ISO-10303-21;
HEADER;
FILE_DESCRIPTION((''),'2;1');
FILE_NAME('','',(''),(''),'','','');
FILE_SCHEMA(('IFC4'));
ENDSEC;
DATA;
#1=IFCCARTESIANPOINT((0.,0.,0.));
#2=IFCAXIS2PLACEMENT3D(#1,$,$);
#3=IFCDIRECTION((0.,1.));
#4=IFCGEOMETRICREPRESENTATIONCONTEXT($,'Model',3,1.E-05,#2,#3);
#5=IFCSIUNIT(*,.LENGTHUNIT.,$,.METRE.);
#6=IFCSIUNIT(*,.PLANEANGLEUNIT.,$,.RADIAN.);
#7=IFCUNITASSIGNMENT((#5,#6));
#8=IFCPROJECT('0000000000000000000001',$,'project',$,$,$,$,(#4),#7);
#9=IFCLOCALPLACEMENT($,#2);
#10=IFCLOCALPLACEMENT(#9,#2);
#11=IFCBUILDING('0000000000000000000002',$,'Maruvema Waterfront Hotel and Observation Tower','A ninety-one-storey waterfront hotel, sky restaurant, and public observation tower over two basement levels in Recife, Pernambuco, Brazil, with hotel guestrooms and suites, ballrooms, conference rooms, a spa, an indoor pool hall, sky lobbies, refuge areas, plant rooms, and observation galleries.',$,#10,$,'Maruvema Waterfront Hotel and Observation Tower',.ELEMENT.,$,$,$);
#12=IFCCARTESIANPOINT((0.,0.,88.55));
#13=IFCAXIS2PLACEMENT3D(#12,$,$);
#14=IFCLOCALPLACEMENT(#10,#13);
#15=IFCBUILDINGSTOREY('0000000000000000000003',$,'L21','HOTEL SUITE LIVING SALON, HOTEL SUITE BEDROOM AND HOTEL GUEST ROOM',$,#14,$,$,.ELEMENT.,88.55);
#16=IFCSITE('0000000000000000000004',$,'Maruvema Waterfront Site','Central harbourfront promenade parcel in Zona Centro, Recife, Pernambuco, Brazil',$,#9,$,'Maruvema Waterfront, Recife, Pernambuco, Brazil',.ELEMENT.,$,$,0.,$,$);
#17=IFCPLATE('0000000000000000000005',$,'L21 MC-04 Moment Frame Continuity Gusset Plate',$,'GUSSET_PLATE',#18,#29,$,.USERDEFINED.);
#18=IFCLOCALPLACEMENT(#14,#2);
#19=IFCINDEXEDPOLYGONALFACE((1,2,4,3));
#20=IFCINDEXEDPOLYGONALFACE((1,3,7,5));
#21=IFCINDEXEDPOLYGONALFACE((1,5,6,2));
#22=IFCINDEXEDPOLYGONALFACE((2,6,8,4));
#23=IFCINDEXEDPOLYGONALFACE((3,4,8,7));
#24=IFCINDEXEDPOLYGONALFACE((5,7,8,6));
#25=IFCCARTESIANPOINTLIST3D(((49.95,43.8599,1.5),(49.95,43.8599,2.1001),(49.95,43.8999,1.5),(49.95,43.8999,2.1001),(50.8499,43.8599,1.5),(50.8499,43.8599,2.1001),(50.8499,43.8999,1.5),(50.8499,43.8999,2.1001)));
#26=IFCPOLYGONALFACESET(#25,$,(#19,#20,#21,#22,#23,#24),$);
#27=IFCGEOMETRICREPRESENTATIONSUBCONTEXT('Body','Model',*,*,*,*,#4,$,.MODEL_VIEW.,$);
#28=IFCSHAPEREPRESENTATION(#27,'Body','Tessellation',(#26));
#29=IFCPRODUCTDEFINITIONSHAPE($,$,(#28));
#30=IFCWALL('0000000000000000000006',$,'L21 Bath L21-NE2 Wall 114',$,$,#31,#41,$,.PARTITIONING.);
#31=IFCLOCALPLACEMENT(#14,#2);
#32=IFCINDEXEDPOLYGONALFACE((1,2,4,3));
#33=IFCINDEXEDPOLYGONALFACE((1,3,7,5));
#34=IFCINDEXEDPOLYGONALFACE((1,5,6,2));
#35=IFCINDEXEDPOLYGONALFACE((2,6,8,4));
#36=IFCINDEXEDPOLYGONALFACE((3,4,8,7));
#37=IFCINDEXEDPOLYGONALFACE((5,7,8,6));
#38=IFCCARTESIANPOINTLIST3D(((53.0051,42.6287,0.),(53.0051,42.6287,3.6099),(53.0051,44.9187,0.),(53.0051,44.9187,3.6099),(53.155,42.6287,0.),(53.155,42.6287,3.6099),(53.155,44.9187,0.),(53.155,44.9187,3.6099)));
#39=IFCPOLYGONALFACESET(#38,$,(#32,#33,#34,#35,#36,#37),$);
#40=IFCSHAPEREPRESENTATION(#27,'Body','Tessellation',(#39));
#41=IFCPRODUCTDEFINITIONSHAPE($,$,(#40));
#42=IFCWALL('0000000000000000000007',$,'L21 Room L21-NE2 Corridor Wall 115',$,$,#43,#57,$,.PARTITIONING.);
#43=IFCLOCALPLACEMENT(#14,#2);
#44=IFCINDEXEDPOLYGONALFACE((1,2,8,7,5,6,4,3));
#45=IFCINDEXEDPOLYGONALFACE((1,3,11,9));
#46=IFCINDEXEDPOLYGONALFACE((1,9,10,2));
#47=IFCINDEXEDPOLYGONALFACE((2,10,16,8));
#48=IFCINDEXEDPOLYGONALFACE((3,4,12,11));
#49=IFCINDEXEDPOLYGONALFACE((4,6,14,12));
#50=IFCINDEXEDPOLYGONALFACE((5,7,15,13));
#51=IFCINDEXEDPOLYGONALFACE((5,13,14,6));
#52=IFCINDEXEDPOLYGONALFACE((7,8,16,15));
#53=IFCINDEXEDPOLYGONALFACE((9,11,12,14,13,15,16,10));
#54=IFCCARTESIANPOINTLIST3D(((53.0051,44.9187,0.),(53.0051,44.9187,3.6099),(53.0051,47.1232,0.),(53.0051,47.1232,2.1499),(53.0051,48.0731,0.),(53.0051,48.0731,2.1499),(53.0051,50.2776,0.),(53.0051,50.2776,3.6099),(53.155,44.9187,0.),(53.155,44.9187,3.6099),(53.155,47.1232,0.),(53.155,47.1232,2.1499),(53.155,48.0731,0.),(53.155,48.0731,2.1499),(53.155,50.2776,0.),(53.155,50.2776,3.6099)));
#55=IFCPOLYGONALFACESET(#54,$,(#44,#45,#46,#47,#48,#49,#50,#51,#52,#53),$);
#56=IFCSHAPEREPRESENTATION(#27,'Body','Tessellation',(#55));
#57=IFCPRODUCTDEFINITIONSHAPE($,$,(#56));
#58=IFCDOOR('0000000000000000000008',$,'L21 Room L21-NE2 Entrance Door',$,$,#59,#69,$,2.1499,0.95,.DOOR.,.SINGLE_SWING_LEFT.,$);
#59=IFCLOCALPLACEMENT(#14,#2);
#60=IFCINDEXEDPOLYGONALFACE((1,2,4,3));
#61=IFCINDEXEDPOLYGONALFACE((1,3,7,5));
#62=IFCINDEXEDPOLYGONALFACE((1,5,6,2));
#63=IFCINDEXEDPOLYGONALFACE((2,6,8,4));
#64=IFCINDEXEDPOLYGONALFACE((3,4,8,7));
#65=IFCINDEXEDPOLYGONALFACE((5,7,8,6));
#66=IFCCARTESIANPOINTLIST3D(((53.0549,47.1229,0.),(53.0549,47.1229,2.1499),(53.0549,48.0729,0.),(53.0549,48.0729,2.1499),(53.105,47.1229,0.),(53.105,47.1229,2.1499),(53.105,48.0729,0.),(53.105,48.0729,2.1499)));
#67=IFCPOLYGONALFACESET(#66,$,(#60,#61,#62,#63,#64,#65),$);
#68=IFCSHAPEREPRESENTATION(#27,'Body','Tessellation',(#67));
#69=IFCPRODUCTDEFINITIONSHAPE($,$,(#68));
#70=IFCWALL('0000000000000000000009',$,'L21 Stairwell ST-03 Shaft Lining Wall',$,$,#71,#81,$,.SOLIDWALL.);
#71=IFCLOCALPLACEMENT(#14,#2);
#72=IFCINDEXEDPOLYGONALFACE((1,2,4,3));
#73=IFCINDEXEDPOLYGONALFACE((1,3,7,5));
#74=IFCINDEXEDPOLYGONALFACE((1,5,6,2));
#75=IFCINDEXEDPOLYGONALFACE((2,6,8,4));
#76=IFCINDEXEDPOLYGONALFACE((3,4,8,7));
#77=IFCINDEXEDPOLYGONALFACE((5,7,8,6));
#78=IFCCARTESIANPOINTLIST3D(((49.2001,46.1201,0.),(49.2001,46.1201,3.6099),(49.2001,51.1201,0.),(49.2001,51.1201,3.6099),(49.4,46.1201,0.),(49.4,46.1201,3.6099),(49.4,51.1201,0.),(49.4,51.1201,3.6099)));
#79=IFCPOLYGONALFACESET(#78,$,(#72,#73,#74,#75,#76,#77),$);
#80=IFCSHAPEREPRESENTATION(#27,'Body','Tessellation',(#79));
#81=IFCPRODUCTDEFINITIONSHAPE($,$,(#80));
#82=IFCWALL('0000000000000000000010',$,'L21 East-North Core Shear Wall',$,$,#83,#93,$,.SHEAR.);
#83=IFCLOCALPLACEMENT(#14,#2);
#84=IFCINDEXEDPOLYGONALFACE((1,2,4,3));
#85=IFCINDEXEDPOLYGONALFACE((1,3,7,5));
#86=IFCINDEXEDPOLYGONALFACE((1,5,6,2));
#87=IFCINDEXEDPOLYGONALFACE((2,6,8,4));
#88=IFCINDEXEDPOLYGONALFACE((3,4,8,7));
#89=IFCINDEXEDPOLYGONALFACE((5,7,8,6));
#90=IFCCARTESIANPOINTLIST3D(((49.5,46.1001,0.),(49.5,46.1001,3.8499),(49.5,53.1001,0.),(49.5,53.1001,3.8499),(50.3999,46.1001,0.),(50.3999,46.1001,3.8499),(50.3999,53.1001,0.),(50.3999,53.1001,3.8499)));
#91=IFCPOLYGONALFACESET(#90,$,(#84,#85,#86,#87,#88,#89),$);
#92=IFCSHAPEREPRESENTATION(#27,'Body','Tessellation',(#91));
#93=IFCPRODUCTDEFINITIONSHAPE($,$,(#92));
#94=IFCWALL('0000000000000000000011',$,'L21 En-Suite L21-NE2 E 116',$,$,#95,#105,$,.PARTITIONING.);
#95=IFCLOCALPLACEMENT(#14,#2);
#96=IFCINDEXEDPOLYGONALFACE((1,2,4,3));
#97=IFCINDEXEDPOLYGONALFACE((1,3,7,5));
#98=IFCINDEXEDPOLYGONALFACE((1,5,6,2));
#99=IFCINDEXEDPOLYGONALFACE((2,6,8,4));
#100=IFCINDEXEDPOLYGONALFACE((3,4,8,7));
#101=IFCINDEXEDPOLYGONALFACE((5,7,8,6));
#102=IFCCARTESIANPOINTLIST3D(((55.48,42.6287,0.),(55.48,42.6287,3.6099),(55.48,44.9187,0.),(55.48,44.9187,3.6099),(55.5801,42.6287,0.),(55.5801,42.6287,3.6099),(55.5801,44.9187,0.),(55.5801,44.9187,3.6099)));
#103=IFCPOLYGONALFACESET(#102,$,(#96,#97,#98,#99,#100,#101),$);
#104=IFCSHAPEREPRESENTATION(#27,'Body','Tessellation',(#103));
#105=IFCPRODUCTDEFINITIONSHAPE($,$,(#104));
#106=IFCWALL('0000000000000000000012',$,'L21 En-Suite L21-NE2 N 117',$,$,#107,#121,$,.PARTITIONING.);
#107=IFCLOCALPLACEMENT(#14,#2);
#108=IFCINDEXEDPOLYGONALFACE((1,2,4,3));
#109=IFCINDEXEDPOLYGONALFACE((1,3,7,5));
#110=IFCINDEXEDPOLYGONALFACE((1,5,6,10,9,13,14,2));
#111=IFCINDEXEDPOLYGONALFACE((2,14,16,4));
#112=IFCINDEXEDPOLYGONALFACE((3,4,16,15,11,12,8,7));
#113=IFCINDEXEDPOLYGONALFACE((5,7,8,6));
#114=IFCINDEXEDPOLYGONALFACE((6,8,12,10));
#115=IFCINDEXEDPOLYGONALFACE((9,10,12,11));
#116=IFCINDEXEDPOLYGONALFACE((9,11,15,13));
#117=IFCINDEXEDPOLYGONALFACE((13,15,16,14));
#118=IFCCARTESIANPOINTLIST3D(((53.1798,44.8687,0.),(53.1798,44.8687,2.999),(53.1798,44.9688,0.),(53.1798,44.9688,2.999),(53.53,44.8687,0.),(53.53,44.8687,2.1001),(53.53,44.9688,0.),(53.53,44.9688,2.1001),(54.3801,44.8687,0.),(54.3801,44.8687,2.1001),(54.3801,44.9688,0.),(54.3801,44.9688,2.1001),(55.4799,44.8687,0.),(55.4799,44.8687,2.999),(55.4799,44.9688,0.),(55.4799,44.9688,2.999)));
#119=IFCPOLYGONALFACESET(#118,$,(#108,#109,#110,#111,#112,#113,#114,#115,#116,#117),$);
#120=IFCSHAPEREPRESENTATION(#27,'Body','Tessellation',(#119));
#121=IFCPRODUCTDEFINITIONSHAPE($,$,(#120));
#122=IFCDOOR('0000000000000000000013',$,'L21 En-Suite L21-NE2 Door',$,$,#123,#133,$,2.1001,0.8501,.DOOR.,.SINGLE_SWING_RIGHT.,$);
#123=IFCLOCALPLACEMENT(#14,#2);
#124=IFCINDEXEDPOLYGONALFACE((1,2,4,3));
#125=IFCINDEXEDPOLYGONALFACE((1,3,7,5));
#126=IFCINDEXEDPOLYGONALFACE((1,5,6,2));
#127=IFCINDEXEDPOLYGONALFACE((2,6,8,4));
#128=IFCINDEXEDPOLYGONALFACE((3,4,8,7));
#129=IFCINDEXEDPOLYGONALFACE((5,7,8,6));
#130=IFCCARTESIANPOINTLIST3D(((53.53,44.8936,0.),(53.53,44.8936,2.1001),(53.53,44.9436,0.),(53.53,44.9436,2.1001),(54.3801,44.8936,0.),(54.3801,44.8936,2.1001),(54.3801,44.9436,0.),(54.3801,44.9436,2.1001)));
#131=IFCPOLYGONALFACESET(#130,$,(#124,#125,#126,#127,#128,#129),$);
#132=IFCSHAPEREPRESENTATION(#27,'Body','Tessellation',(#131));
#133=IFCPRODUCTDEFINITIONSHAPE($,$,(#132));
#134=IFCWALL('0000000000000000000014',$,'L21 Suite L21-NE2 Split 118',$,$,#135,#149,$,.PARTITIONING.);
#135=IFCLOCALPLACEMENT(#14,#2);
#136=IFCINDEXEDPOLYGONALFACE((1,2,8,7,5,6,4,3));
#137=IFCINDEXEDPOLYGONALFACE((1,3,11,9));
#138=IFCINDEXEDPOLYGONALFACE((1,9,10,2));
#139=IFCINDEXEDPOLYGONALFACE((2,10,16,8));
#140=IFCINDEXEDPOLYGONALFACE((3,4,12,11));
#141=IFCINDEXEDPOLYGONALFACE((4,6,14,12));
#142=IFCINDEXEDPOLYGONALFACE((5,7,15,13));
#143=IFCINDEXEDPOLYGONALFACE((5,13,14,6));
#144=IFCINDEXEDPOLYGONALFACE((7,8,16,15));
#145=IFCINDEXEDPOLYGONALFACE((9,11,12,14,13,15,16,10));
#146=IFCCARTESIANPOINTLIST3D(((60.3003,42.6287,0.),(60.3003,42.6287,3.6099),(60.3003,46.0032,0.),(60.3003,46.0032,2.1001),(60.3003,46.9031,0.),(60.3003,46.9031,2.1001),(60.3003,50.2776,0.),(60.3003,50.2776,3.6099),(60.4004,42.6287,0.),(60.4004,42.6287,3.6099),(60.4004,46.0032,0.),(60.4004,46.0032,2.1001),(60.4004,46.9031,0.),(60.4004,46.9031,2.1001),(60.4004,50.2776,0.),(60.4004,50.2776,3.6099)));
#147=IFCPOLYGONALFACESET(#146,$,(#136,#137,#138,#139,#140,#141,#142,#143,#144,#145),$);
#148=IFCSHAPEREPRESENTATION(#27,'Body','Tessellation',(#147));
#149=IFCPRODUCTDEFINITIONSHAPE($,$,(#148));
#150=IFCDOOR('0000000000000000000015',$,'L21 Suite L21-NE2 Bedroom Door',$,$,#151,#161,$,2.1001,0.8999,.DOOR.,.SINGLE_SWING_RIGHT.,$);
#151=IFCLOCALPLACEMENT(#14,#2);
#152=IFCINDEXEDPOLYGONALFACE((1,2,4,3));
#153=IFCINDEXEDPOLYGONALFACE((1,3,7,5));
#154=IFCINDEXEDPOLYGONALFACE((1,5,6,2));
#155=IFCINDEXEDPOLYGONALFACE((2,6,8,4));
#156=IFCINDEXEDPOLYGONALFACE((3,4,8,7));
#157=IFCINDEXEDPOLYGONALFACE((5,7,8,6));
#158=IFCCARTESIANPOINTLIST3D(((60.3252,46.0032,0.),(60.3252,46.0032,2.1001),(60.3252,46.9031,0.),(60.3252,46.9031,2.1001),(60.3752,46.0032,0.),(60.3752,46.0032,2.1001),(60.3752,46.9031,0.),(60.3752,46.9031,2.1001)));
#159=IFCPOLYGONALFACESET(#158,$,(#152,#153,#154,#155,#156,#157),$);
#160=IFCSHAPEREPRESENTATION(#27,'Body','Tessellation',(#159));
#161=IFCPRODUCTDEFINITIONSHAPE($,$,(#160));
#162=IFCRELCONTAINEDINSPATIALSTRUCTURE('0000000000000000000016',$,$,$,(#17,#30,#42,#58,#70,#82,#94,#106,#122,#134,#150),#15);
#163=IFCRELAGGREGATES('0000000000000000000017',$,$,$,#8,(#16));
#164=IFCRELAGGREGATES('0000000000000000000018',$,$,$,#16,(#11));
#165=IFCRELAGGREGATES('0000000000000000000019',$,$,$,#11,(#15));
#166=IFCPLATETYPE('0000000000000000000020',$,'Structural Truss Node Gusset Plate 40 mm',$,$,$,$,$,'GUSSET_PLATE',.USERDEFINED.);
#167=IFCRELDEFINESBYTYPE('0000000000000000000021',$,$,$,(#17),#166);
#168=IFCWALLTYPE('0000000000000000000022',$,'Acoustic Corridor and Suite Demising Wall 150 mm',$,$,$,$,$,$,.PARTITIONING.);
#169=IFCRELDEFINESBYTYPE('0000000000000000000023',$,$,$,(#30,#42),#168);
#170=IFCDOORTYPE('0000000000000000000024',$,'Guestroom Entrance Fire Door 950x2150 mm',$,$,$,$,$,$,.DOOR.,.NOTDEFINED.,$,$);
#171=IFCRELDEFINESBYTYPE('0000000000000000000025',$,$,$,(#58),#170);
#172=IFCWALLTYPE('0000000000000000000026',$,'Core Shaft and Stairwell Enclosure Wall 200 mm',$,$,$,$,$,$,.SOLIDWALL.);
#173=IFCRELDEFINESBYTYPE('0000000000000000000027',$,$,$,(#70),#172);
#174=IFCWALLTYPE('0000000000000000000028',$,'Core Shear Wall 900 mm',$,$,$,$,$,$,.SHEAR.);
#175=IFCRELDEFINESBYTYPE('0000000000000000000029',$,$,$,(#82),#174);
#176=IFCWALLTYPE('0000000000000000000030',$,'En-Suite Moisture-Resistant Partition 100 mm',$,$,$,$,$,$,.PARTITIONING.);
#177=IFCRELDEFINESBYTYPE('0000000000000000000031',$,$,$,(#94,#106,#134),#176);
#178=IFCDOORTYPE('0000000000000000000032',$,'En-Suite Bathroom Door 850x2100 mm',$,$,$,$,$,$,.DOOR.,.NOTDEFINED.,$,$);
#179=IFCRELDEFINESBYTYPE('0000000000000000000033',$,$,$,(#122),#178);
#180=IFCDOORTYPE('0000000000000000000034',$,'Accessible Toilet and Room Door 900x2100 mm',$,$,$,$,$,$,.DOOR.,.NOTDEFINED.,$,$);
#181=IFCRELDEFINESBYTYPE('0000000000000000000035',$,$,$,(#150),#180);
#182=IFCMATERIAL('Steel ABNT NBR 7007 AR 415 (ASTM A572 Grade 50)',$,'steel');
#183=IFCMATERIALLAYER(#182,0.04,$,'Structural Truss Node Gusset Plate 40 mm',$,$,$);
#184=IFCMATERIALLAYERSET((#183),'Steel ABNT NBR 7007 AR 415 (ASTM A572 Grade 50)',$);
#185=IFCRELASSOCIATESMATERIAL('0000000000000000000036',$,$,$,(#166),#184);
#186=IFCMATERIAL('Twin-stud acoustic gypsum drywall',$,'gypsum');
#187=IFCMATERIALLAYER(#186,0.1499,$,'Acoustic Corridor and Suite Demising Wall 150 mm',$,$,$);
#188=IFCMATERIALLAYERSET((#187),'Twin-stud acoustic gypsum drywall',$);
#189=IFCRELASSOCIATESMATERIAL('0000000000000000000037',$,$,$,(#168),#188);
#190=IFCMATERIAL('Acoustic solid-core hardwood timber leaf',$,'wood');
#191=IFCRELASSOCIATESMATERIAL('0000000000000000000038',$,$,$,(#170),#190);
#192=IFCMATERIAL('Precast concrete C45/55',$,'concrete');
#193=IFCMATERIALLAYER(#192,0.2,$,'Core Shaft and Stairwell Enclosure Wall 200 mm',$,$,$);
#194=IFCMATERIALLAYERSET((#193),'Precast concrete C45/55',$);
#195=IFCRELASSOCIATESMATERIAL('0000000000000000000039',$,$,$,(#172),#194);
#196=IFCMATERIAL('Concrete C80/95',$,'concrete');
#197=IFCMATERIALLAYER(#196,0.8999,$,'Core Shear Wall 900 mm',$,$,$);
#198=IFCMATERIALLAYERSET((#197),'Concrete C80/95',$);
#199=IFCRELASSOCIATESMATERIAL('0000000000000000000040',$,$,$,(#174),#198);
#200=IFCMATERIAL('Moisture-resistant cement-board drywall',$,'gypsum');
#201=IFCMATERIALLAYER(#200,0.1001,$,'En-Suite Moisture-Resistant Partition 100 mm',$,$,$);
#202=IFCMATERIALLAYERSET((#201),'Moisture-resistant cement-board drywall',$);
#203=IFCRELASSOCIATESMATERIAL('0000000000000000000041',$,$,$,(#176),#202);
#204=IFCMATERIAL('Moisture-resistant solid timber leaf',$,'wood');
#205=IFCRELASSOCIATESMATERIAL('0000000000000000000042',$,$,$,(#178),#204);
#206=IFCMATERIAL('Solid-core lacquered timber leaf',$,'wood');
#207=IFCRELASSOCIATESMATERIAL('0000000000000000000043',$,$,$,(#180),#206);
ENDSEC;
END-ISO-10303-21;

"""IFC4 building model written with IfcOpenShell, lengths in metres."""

from ifc_helpers import new_model, si_unit, direction, frame, frame_2d, origin, origin_2d, place, context, subcontext, project, spatial, rectangle, extrude, material, layer, layer_set, type_object, element, fill, save


model = new_model("IFC4")

# Units and contexts
model_context = context("Model", 3, precision=1e-05, world=origin(), true_north=direction((0.0, 1.0)))
body_context = subcontext(model_context, "Body", "Model", "MODEL_VIEW")
ifc_project = project(units=[si_unit("LENGTHUNIT", "METRE"), si_unit("PLANEANGLEUNIT", "RADIAN")], contexts=[model_context])

# Site, building, storey
site_placement = place(None, origin())
site = spatial("IfcSite", under=ifc_project, at=site_placement, Name="Maruvema Waterfront Site", Description="Central harbourfront promenade parcel in Zona Centro, Recife, Pernambuco, Brazil", LongName="Maruvema Waterfront, Recife, Pernambuco, Brazil", CompositionType="ELEMENT", RefElevation=0.0)
building_placement = place(site_placement, origin())
building = spatial("IfcBuilding", under=site, at=building_placement, Name="Maruvema Waterfront Hotel and Observation Tower", Description="A ninety-one-storey waterfront hotel, sky restaurant, and public observation tower over two basement levels in Recife, Pernambuco, Brazil, with hotel guestrooms and suites, ballrooms, conference rooms, a spa, an indoor pool hall, sky lobbies, refuge areas, plant rooms, and observation galleries.", LongName="Maruvema Waterfront Hotel and Observation Tower", CompositionType="ELEMENT")
storey_placement = place(building_placement, frame((0.0, 0.0, 88.55)))
storey = spatial("IfcBuildingStorey", under=building, at=storey_placement, Name="L21", Description="HOTEL SUITE LIVING SALON, HOTEL SUITE BEDROOM AND HOTEL GUEST ROOM", CompositionType="ELEMENT", Elevation=88.55)

# Plate
ifc_material_1 = material(Name="Steel ABNT NBR 7007 AR 415 (ASTM A572 Grade 50)", Category="steel")
ifc_layer_1 = layer(ifc_material_1, 0.04, Name="Structural Truss Node Gusset Plate 40 mm")
ifc_layer_set_1 = layer_set([ifc_layer_1], Name="Steel ABNT NBR 7007 AR 415 (ASTM A572 Grade 50)")
plate_type_1 = type_object("IfcPlateType", Name="Structural Truss Node Gusset Plate 40 mm", ElementType="GUSSET_PLATE", PredefinedType="USERDEFINED", material=ifc_layer_set_1)
plate_1_placement = place(storey_placement, frame((50.3999, 43.8799, 1.5), z_axis=(0.0, 0.0, 1.0), x_axis=(1.0, 0.0, 0.0)))
element("IfcPlate", 1, at=plate_1_placement, inside=storey, type_object=plate_type_1, Name="L21 MC-04 Moment Frame Continuity Gusset Plate", ObjectType="GUSSET_PLATE", PredefinedType="USERDEFINED", context=body_context, shape_type="SweptSolid", body=[
    extrude(rectangle(XDim=0.8999, YDim=0.04, at=origin_2d()), origin(), (0.0, 0.0, 1.0), 0.6001),
])

# Wall
ifc_material_2 = material(Name="Twin-stud acoustic gypsum drywall", Category="gypsum")
ifc_layer_2 = layer(ifc_material_2, 0.1499, Name="Acoustic Corridor and Suite Demising Wall 150 mm")
ifc_layer_set_2 = layer_set([ifc_layer_2], Name="Twin-stud acoustic gypsum drywall")
wall_type_1 = type_object("IfcWallType", Name="Acoustic Corridor and Suite Demising Wall 150 mm", PredefinedType="PARTITIONING", material=ifc_layer_set_2)
wall_1_placement = place(storey_placement, frame((53.0801, 42.6287, 0.0), z_axis=(0.0, 0.0, 1.0), x_axis=(0.0, 1.0, 0.0)))
element("IfcWall", 2, at=wall_1_placement, inside=storey, type_object=wall_type_1, Name="L21 Bath L21-NE2 Wall 114", PredefinedType="PARTITIONING", context=body_context, shape_type="SweptSolid", body=[
    extrude(rectangle(XDim=2.29, YDim=0.1499, at=frame_2d((1.145, 0.0))), origin(), (0.0, 0.0, 1.0), 3.6099),
])

# Wall, opening, door
wall_2_placement = place(storey_placement, frame((53.0801, 44.9187, 0.0), z_axis=(0.0, 0.0, 1.0), x_axis=(0.0, 1.0, 0.0)))
wall_2 = element("IfcWall", 3, at=wall_2_placement, inside=storey, type_object=wall_type_1, Name="L21 Room L21-NE2 Corridor Wall 115", PredefinedType="PARTITIONING", context=body_context, shape_type="SweptSolid", body=[
    extrude(rectangle(XDim=5.3589, YDim=0.1499, at=frame_2d((2.6794, 0.0))), origin(), (0.0, 0.0, 1.0), 3.6099),
])
opening_1_placement = place(wall_2_placement, frame((2.2043, 0.0, 0.0)))
opening_1 = element("IfcOpeningElement", 4, at=opening_1_placement, cuts=wall_2, PredefinedType="OPENING", context=body_context, shape_type="SweptSolid", body=[
    extrude(rectangle(XDim=0.95, YDim=2.1499, at=frame_2d((0.4751, 1.075))), frame((0.0, 0.085, 0.0), z_axis=(0.0, -1.0, 0.0), x_axis=(1.0, 0.0, 0.0)), (0.0, 0.0, 1.0), 0.1699),
])
ifc_material_3 = material(Name="Acoustic solid-core hardwood timber leaf", Category="wood")
door_type_1 = type_object("IfcDoorType", Name="Guestroom Entrance Fire Door 950x2150 mm", OperationType="NOTDEFINED", PredefinedType="DOOR", material=ifc_material_3)
door_1_placement = place(opening_1_placement, frame((0.95, 0.0, 0.0), z_axis=(0.0, 0.0, 1.0), x_axis=(-1.0, 0.0, 0.0)))
door_1 = element("IfcDoor", 5, at=door_1_placement, inside=storey, type_object=door_type_1, Name="L21 Room L21-NE2 Entrance Door", OperationType="SINGLE_SWING_LEFT", OverallHeight=2.1499, OverallWidth=0.95, PredefinedType="DOOR", context=body_context, shape_type="SweptSolid", body=[
    extrude(rectangle(XDim=0.95, YDim=2.1499, at=frame_2d((0.4751, 1.075))), frame((0.0, 0.0249, 0.0), z_axis=(0.0, -1.0, 0.0), x_axis=(1.0, 0.0, 0.0)), (0.0, 0.0, 1.0), 0.05),
])
fill(opening_1, door_1)

# Walls
ifc_material_4 = material(Name="Precast concrete C45/55", Category="concrete")
ifc_layer_3 = layer(ifc_material_4, 0.2, Name="Core Shaft and Stairwell Enclosure Wall 200 mm")
ifc_layer_set_3 = layer_set([ifc_layer_3], Name="Precast concrete C45/55")
wall_type_2 = type_object("IfcWallType", Name="Core Shaft and Stairwell Enclosure Wall 200 mm", PredefinedType="SOLIDWALL", material=ifc_layer_set_3)
wall_3_placement = place(storey_placement, frame((49.3, 46.1201, 0.0), z_axis=(0.0, 0.0, 1.0), x_axis=(0.0, 1.0, 0.0)))
element("IfcWall", 6, at=wall_3_placement, inside=storey, type_object=wall_type_2, Name="L21 Stairwell ST-03 Shaft Lining Wall", PredefinedType="SOLIDWALL", context=body_context, shape_type="SweptSolid", body=[
    extrude(rectangle(XDim=5.0, YDim=0.2, at=frame_2d((2.5, 0.0))), origin(), (0.0, 0.0, 1.0), 3.6099),
])
ifc_material_5 = material(Name="Concrete C80/95", Category="concrete")
ifc_layer_4 = layer(ifc_material_5, 0.8999, Name="Core Shear Wall 900 mm")
ifc_layer_set_4 = layer_set([ifc_layer_4], Name="Concrete C80/95")
wall_type_3 = type_object("IfcWallType", Name="Core Shear Wall 900 mm", PredefinedType="SHEAR", material=ifc_layer_set_4)
wall_4_placement = place(storey_placement, frame((49.95, 46.1001, 0.0), z_axis=(0.0, 0.0, 1.0), x_axis=(0.0, 1.0, 0.0)))
element("IfcWall", 7, at=wall_4_placement, inside=storey, type_object=wall_type_3, Name="L21 East-North Core Shear Wall", PredefinedType="SHEAR", context=body_context, shape_type="SweptSolid", body=[
    extrude(rectangle(XDim=7.0, YDim=0.8999, at=frame_2d((3.5, 0.0))), origin(), (0.0, 0.0, 1.0), 3.8499),
])
ifc_material_6 = material(Name="Moisture-resistant cement-board drywall", Category="gypsum")
ifc_layer_5 = layer(ifc_material_6, 0.1001, Name="En-Suite Moisture-Resistant Partition 100 mm")
ifc_layer_set_5 = layer_set([ifc_layer_5], Name="Moisture-resistant cement-board drywall")
wall_type_4 = type_object("IfcWallType", Name="En-Suite Moisture-Resistant Partition 100 mm", PredefinedType="PARTITIONING", material=ifc_layer_set_5)
wall_5_placement = place(storey_placement, frame((55.53, 42.6287, 0.0), z_axis=(0.0, 0.0, 1.0), x_axis=(0.0, 1.0, 0.0)))
element("IfcWall", 8, at=wall_5_placement, inside=storey, type_object=wall_type_4, Name="L21 En-Suite L21-NE2 E 116", PredefinedType="PARTITIONING", context=body_context, shape_type="SweptSolid", body=[
    extrude(rectangle(XDim=2.29, YDim=0.1001, at=frame_2d((1.145, 0.0))), origin(), (0.0, 0.0, 1.0), 3.6099),
])

# Walls, openings, doors
wall_6_placement = place(storey_placement, frame((53.1799, 44.9187, 0.0), z_axis=(0.0, 0.0, 1.0), x_axis=(1.0, 0.0, 0.0)))
wall_6 = element("IfcWall", 9, at=wall_6_placement, inside=storey, type_object=wall_type_4, Name="L21 En-Suite L21-NE2 N 117", PredefinedType="PARTITIONING", context=body_context, shape_type="SweptSolid", body=[
    extrude(rectangle(XDim=2.3, YDim=0.1001, at=frame_2d((1.1499, 0.0))), origin(), (0.0, 0.0, 1.0), 2.999),
])
opening_2_placement = place(wall_6_placement, frame((0.3501, 0.0, 0.0)))
opening_2 = element("IfcOpeningElement", 10, at=opening_2_placement, cuts=wall_6, PredefinedType="OPENING", context=body_context, shape_type="SweptSolid", body=[
    extrude(rectangle(XDim=0.8501, YDim=2.1001, at=frame_2d((0.425, 1.05))), frame((0.0, 0.0601, 0.0), z_axis=(0.0, -1.0, 0.0), x_axis=(1.0, 0.0, 0.0)), (0.0, 0.0, 1.0), 0.1201),
])
ifc_material_7 = material(Name="Moisture-resistant solid timber leaf", Category="wood")
door_type_2 = type_object("IfcDoorType", Name="En-Suite Bathroom Door 850x2100 mm", OperationType="NOTDEFINED", PredefinedType="DOOR", material=ifc_material_7)
door_2_placement = place(opening_2_placement, origin())
door_2 = element("IfcDoor", 11, at=door_2_placement, inside=storey, type_object=door_type_2, Name="L21 En-Suite L21-NE2 Door", OperationType="SINGLE_SWING_RIGHT", OverallHeight=2.1001, OverallWidth=0.8501, PredefinedType="DOOR", context=body_context, shape_type="SweptSolid", body=[
    extrude(rectangle(XDim=0.8501, YDim=2.1001, at=frame_2d((0.425, 1.05))), frame((0.0, 0.0249, 0.0), z_axis=(0.0, -1.0, 0.0), x_axis=(1.0, 0.0, 0.0)), (0.0, 0.0, 1.0), 0.05),
])
fill(opening_2, door_2)
wall_7_placement = place(storey_placement, frame((60.3503, 42.6287, 0.0), z_axis=(0.0, 0.0, 1.0), x_axis=(0.0, 1.0, 0.0)))
wall_7 = element("IfcWall", 12, at=wall_7_placement, inside=storey, type_object=wall_type_4, Name="L21 Suite L21-NE2 Split 118", PredefinedType="PARTITIONING", context=body_context, shape_type="SweptSolid", body=[
    extrude(rectangle(XDim=7.6489, YDim=0.1001, at=frame_2d((3.8245, 0.0))), origin(), (0.0, 0.0, 1.0), 3.6099),
])
opening_3_placement = place(wall_7_placement, frame((3.3745, 0.0, 0.0)))
opening_3 = element("IfcOpeningElement", 13, at=opening_3_placement, cuts=wall_7, PredefinedType="OPENING", context=body_context, shape_type="SweptSolid", body=[
    extrude(rectangle(XDim=0.8999, YDim=2.1001, at=frame_2d((0.45, 1.05))), frame((0.0, 0.0601, 0.0), z_axis=(0.0, -1.0, 0.0), x_axis=(1.0, 0.0, 0.0)), (0.0, 0.0, 1.0), 0.1201),
])
ifc_material_8 = material(Name="Solid-core lacquered timber leaf", Category="wood")
door_type_3 = type_object("IfcDoorType", Name="Accessible Toilet and Room Door 900x2100 mm", OperationType="NOTDEFINED", PredefinedType="DOOR", material=ifc_material_8)
door_3_placement = place(opening_3_placement, frame((0.8999, 0.0, 0.0), z_axis=(0.0, 0.0, 1.0), x_axis=(-1.0, 0.0, 0.0)))
door_3 = element("IfcDoor", 14, at=door_3_placement, inside=storey, type_object=door_type_3, Name="L21 Suite L21-NE2 Bedroom Door", OperationType="SINGLE_SWING_RIGHT", OverallHeight=2.1001, OverallWidth=0.8999, PredefinedType="DOOR", context=body_context, shape_type="SweptSolid", body=[
    extrude(rectangle(XDim=0.8999, YDim=2.1001, at=frame_2d((0.45, 1.05))), frame((0.0, 0.0249, 0.0), z_axis=(0.0, -1.0, 0.0), x_axis=(1.0, 0.0, 0.0)), (0.0, 0.0, 1.0), 0.05),
])
fill(opening_3, door_3)

save(model, "model.ifc")
